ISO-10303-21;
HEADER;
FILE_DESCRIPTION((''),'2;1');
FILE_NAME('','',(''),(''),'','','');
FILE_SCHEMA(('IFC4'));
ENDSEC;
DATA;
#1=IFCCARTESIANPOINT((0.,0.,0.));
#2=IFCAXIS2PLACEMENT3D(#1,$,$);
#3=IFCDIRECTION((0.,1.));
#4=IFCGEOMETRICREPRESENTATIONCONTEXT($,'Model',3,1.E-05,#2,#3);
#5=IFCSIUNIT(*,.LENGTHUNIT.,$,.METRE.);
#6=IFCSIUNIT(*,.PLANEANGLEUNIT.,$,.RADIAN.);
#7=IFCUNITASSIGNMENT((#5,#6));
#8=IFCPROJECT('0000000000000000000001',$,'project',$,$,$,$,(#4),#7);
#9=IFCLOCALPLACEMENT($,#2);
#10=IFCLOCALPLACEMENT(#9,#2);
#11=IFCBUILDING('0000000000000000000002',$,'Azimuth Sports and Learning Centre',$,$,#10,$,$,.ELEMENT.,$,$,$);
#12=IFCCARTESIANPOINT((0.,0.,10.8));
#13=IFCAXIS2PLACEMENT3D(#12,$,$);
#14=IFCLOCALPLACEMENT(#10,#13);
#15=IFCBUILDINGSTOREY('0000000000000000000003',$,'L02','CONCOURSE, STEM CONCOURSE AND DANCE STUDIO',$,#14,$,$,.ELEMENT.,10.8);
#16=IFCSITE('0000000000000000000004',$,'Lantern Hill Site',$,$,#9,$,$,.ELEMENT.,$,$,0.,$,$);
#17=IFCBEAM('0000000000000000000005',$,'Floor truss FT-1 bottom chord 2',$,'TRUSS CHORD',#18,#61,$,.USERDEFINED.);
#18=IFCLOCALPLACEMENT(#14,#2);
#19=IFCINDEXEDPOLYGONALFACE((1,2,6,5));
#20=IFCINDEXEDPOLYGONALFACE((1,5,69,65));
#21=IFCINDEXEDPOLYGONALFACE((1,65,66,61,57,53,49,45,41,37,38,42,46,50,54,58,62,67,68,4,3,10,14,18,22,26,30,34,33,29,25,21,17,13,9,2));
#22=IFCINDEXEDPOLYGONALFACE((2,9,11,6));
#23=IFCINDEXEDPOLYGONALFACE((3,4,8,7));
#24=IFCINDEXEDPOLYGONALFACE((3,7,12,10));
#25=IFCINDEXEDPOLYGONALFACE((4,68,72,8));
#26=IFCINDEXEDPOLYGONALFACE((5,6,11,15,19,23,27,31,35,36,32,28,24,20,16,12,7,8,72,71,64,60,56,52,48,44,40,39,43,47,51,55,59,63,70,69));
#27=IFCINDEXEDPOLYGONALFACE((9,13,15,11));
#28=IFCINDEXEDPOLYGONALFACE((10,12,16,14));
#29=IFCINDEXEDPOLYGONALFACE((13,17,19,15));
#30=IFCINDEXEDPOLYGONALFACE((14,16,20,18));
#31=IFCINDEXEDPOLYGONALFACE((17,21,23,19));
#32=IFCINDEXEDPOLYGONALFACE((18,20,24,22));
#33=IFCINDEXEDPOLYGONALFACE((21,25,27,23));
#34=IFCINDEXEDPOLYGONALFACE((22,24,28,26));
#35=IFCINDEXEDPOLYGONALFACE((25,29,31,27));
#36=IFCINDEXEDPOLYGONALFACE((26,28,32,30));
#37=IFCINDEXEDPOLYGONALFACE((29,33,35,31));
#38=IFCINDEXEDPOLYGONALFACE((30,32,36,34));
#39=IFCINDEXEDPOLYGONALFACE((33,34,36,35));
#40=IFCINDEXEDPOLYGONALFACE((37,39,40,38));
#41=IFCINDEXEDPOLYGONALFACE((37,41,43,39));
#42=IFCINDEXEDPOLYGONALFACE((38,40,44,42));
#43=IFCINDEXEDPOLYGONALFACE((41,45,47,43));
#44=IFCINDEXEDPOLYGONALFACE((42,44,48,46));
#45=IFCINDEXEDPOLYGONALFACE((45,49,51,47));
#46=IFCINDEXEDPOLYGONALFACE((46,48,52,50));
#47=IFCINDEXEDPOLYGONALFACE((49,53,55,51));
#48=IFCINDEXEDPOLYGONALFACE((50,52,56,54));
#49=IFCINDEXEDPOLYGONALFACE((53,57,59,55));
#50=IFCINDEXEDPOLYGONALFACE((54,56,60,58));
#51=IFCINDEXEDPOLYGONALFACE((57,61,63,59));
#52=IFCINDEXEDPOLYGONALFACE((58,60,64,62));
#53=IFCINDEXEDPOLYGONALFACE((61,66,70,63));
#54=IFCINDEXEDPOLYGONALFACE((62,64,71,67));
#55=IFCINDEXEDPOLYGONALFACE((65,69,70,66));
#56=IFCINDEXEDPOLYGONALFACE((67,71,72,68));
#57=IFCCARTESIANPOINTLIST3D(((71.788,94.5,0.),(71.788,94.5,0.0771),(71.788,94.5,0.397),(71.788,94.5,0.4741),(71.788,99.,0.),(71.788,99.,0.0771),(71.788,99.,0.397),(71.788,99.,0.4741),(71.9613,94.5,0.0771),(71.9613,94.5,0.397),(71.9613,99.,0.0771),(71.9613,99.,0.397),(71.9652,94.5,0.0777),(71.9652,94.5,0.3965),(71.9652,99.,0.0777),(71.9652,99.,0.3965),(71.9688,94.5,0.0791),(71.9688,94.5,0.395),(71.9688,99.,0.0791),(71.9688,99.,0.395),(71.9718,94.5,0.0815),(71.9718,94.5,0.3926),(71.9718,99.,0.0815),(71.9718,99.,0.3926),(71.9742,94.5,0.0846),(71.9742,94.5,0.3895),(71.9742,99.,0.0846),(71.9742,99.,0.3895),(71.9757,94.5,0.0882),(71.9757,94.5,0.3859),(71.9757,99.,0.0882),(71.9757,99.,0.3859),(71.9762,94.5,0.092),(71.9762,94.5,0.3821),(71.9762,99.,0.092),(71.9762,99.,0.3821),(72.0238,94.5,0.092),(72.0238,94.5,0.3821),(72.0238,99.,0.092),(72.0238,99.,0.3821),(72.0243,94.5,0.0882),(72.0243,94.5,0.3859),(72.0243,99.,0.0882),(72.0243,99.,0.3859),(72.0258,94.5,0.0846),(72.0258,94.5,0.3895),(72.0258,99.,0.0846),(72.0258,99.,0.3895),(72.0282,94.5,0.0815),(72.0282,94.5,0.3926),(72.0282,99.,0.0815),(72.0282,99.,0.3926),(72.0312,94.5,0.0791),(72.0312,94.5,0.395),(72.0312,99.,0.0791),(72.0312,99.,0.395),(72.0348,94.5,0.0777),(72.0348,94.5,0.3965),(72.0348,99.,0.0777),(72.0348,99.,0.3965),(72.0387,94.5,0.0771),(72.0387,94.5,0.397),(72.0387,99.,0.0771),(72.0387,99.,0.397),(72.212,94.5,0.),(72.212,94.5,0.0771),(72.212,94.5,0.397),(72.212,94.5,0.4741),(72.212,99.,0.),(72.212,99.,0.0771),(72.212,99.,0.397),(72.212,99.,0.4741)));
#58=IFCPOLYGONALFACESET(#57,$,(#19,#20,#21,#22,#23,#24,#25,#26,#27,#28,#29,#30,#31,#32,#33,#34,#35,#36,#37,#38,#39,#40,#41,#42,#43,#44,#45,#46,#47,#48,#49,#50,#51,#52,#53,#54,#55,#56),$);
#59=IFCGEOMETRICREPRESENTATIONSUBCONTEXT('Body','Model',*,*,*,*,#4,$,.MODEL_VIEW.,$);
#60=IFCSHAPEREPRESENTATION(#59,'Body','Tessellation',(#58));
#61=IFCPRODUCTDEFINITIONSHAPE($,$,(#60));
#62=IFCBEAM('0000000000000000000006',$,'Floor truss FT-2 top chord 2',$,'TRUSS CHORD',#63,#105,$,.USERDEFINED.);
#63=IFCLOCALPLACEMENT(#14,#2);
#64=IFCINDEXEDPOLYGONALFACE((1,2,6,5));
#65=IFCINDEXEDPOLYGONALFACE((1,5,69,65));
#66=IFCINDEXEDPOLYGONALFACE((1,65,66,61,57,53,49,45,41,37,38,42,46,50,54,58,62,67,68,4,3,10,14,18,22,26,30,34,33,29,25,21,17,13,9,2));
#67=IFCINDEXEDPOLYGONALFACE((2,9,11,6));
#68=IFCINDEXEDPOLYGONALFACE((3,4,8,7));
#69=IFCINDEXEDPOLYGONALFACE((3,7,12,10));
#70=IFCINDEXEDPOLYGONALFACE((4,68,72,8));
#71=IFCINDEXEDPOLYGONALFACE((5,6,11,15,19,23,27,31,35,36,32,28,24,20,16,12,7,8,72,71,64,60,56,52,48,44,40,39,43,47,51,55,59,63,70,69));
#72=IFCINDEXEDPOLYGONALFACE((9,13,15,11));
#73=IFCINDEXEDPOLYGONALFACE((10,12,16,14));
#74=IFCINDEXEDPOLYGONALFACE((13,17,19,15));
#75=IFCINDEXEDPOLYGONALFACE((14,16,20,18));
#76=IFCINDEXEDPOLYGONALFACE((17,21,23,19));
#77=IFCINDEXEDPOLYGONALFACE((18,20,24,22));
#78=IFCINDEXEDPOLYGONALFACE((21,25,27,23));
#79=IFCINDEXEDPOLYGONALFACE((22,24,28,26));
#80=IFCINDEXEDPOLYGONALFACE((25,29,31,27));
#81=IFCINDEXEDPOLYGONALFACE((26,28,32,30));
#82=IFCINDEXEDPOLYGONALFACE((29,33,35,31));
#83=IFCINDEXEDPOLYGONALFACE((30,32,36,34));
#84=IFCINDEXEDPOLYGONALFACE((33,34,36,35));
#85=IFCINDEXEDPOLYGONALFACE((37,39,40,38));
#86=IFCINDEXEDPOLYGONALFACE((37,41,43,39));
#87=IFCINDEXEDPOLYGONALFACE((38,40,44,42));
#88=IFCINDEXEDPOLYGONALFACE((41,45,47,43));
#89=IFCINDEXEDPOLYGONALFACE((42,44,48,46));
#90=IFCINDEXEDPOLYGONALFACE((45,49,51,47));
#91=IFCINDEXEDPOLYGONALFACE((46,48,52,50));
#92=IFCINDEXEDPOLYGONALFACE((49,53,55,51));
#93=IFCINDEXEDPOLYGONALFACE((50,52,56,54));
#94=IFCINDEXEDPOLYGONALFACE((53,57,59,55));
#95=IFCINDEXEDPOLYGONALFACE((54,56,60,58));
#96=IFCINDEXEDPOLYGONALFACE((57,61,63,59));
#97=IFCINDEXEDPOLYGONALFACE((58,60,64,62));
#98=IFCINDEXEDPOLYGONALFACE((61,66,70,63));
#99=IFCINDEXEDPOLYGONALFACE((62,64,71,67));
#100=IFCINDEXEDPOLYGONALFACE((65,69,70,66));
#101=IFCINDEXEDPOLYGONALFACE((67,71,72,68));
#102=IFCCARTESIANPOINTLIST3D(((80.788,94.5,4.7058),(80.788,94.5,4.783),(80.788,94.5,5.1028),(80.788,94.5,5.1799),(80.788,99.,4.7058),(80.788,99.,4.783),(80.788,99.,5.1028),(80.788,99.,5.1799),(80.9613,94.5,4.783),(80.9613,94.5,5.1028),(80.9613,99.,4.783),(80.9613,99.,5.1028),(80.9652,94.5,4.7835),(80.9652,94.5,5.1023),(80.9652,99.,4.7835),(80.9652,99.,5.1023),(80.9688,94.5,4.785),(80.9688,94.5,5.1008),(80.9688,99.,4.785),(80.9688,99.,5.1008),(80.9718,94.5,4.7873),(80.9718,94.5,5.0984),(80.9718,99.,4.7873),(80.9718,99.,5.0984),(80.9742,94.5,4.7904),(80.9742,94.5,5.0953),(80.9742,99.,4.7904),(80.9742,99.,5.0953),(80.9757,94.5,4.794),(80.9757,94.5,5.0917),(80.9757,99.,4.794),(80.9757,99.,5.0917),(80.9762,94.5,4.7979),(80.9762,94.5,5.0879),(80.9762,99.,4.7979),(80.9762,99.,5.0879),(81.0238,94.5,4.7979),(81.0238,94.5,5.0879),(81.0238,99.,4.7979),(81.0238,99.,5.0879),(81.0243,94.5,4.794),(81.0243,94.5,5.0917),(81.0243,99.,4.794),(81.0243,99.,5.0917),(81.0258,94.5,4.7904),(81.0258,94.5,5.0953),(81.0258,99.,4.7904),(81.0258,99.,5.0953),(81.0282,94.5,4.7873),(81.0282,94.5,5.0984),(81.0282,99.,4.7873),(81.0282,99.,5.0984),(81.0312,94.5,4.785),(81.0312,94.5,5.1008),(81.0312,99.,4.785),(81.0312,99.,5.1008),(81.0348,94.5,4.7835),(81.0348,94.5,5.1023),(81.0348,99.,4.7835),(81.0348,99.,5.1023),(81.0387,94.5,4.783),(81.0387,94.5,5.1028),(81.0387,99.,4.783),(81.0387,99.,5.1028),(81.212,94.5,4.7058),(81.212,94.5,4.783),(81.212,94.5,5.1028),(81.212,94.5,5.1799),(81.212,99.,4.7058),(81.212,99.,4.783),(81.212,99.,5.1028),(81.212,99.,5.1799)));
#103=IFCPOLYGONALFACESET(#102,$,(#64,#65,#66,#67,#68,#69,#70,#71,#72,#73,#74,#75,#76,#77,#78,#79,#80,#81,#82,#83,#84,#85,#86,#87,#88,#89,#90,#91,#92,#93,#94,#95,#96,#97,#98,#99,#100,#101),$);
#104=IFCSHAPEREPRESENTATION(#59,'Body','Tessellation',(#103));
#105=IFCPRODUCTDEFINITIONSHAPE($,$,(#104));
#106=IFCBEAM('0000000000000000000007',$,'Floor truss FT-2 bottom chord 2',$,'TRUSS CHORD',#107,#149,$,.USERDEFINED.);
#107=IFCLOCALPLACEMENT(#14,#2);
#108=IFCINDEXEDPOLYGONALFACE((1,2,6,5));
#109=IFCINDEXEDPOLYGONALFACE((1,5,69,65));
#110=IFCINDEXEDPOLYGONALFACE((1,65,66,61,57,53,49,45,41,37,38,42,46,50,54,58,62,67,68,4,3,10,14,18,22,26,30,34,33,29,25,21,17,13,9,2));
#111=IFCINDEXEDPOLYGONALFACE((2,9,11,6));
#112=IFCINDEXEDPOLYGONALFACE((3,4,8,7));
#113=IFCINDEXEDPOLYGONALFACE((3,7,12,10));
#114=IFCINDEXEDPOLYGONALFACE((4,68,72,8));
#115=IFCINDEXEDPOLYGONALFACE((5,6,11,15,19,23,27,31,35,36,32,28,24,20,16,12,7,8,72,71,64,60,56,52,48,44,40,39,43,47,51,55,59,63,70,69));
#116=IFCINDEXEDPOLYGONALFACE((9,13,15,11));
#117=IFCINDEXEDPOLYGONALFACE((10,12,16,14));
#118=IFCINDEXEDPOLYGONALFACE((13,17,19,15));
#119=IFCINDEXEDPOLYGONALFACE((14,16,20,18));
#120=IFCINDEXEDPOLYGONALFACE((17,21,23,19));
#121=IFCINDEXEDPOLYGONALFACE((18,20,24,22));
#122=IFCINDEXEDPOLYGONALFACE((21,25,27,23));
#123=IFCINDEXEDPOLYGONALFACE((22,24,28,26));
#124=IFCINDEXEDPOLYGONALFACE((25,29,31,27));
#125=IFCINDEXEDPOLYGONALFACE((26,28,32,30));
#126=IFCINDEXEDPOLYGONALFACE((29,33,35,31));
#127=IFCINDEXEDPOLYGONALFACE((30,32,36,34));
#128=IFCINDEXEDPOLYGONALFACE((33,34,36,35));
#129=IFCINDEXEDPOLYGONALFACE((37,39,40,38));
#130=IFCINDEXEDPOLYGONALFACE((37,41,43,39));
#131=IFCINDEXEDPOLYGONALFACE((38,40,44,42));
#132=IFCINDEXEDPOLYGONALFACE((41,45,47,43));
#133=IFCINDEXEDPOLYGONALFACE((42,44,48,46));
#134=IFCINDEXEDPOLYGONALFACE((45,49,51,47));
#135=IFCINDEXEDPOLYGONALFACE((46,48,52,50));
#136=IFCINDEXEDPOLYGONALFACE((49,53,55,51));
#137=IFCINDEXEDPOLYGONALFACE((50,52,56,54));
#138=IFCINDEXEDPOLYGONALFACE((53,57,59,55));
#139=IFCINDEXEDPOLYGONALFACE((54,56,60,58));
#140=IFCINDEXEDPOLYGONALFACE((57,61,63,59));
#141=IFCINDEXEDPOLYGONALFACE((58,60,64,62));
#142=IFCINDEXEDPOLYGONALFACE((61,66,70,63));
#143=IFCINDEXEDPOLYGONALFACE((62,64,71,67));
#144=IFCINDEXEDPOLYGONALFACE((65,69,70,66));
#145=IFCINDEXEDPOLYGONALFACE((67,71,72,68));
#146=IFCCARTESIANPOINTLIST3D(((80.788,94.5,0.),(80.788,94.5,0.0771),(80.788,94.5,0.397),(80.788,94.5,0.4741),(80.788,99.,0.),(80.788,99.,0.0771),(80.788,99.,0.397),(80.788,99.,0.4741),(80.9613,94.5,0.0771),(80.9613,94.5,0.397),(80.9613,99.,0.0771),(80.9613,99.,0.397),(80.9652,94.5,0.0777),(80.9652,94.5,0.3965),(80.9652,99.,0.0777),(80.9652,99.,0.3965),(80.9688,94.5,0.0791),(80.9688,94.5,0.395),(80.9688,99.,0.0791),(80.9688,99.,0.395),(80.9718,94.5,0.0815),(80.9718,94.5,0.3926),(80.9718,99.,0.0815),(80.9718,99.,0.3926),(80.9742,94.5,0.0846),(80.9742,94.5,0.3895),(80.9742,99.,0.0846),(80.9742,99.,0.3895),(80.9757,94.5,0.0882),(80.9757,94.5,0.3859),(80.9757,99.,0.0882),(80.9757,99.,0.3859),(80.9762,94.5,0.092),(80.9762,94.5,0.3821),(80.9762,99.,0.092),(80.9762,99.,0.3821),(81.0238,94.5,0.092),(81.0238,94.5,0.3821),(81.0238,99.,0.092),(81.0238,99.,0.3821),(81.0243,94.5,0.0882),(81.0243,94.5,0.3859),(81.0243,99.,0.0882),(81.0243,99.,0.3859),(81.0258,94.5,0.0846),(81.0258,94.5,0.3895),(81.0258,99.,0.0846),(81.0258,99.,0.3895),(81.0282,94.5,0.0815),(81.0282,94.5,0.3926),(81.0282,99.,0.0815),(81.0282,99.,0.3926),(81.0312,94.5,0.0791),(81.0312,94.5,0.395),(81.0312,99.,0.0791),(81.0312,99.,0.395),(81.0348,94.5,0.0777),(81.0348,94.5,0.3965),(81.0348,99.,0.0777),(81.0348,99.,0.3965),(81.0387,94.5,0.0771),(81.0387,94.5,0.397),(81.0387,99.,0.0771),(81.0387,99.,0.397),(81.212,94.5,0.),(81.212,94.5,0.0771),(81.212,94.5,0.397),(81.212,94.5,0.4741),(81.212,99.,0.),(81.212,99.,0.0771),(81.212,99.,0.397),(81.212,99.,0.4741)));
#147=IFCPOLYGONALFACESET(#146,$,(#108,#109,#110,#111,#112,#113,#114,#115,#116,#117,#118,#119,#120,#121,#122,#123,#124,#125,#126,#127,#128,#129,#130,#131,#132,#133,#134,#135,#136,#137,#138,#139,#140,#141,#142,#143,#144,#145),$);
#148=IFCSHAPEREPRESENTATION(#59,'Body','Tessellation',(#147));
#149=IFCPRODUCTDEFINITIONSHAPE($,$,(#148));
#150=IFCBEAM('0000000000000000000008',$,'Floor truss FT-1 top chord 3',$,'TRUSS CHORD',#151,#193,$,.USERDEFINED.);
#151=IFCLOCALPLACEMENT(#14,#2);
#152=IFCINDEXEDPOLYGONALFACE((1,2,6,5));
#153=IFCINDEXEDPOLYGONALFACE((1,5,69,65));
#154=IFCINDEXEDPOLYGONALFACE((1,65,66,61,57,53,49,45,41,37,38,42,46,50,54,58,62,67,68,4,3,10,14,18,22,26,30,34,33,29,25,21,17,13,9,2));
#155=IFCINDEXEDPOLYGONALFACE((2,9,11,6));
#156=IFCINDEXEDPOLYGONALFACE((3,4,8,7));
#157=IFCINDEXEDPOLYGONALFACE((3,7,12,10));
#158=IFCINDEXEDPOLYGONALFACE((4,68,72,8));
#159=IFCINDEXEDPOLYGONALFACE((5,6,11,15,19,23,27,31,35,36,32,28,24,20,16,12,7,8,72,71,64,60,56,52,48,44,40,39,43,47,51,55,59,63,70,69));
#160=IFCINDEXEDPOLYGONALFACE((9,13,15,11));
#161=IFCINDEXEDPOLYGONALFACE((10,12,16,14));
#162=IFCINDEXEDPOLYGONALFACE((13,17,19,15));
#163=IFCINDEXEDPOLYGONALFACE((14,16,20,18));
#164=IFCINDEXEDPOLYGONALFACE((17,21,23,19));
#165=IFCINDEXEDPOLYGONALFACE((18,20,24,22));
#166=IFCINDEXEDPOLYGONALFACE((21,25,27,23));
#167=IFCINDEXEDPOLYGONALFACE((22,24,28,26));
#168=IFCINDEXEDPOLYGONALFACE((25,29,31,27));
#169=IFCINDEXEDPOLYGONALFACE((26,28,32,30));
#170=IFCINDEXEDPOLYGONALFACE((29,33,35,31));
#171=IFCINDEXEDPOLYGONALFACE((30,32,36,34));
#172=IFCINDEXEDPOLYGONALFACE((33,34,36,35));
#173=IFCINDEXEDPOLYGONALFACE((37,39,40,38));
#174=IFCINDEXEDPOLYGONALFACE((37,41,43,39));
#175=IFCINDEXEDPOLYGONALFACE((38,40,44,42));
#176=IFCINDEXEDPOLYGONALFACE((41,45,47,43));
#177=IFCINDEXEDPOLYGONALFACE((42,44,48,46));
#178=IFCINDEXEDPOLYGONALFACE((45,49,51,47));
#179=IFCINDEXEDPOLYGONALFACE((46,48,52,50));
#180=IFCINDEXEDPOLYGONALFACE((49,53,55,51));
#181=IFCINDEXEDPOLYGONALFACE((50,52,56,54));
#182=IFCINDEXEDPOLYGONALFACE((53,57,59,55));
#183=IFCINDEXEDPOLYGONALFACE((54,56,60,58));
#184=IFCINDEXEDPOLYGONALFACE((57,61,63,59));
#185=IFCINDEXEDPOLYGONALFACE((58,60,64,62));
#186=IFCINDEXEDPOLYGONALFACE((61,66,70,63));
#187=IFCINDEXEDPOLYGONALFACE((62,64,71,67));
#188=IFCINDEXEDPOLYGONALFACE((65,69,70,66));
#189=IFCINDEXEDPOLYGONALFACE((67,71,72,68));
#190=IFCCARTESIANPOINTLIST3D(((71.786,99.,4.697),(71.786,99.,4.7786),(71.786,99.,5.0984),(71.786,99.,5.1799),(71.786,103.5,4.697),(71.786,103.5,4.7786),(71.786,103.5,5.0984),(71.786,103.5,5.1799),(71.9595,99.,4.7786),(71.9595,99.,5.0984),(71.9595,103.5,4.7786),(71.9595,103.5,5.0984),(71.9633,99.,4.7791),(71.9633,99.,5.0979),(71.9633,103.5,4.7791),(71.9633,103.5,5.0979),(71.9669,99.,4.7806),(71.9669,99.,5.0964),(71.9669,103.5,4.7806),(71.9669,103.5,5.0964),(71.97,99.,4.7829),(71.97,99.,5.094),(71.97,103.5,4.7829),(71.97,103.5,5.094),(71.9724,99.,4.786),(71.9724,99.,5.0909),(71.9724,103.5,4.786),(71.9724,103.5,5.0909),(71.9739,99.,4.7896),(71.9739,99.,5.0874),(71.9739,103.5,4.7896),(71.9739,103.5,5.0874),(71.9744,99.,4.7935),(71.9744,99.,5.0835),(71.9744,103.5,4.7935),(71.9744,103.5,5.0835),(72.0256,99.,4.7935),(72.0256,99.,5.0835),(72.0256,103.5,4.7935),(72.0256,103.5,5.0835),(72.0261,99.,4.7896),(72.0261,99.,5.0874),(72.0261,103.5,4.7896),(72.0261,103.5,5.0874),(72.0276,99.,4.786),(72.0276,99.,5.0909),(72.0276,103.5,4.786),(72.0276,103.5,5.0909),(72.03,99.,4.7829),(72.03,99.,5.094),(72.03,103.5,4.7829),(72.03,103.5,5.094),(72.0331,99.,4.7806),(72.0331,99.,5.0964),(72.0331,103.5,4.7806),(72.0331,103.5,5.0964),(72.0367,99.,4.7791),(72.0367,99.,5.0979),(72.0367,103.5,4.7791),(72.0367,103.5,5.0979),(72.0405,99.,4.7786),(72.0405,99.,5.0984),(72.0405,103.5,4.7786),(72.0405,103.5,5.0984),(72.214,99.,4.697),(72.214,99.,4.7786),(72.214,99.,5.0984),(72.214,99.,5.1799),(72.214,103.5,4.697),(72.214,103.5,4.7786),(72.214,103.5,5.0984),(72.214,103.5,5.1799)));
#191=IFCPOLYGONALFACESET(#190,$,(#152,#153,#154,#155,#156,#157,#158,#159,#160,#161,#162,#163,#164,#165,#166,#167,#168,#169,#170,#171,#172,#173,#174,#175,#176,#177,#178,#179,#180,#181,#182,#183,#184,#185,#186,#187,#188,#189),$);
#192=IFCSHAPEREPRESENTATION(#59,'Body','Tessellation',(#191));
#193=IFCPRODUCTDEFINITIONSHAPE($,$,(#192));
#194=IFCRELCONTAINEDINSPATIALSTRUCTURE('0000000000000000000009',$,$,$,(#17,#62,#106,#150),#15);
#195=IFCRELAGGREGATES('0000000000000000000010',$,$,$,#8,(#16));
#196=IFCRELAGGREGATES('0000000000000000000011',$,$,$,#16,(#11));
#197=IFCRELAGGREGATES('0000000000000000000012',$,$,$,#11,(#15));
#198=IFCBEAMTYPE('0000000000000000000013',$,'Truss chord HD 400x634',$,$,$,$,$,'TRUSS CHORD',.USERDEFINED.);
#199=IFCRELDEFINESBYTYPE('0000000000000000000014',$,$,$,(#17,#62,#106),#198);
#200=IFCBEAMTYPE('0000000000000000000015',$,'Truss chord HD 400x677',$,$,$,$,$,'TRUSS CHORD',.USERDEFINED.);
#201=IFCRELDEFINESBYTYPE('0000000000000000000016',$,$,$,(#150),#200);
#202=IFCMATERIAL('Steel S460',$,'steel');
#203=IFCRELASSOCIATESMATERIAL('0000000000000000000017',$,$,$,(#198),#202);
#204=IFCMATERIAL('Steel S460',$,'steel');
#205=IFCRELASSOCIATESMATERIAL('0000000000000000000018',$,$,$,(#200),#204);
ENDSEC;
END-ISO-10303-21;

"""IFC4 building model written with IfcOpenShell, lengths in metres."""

from ifc_helpers import new_model, si_unit, direction, frame, origin, origin_2d, place, context, subcontext, project, spatial, i_section, extrude, material, material_profile, profile_set, type_object, element, save


model = new_model("IFC4")

# Units and contexts
model_context = context("Model", 3, precision=1e-05, world=origin(), true_north=direction((0.0, 1.0)))
body_context = subcontext(model_context, "Body", "Model", "MODEL_VIEW")
ifc_project = project(units=[si_unit("LENGTHUNIT", "METRE"), si_unit("PLANEANGLEUNIT", "RADIAN")], contexts=[model_context])

# Site, building, storey
site_placement = place(None, origin())
site = spatial("IfcSite", under=ifc_project, at=site_placement, Name="Lantern Hill Site", CompositionType="ELEMENT", RefElevation=0.0)
building_placement = place(site_placement, origin())
building = spatial("IfcBuilding", under=site, at=building_placement, Name="Azimuth Sports and Learning Centre", CompositionType="ELEMENT")
storey_placement = place(building_placement, frame((0.0, 0.0, 10.8)))
storey = spatial("IfcBuildingStorey", under=building, at=storey_placement, Name="L02", Description="CONCOURSE, STEM CONCOURSE AND DANCE STUDIO", CompositionType="ELEMENT", Elevation=10.8)

# Beams
ifc_material_1 = material(Name="Steel S460", Category="steel")
ifc_material_profile_1 = material_profile(ifc_material_1, i_section(OverallWidth=0.4241, OverallDepth=0.4741, WebThickness=0.0476, FlangeThickness=0.0771, FilletRadius=0.0149, at=origin_2d()), Name="HD 400x634")
ifc_profile_set_1 = profile_set([ifc_material_profile_1], Name="Steel S460")
beam_type_1 = type_object("IfcBeamType", Name="Truss chord HD 400x634", ElementType="TRUSS CHORD", PredefinedType="USERDEFINED", material=ifc_profile_set_1)
for number, where, z_axis, x_axis, name in (
    (1, (72.0, 94.5, 0.2371), (0.0, 1.0, 0.0), (-1.0, 0.0, 0.0), "Floor truss FT-1 bottom chord 2"),
    (2, (81.0, 94.5, 4.9429), (0.0, 1.0, 0.0), (-1.0, 0.0, 0.0), "Floor truss FT-2 top chord 2"),
    (3, (81.0, 94.5, 0.2371), (0.0, 1.0, 0.0), (-1.0, 0.0, 0.0), "Floor truss FT-2 bottom chord 2"),
):
    element("IfcBeam", number, at=place(storey_placement, frame(where, z_axis=z_axis, x_axis=x_axis)), inside=storey, type_object=beam_type_1, Name=name, ObjectType="TRUSS CHORD", PredefinedType="USERDEFINED", context=body_context, shape_type="SweptSolid", body=[
        extrude(i_section(OverallWidth=0.4241, OverallDepth=0.4741, WebThickness=0.0476, FlangeThickness=0.0771, FilletRadius=0.0149, at=origin_2d()), origin(), (0.0, 0.0, 1.0), 4.5),
    ])
ifc_material_2 = material(Name="Steel S460", Category="steel")
ifc_material_profile_2 = material_profile(ifc_material_2, i_section(OverallWidth=0.428, OverallDepth=0.4829, WebThickness=0.0513, FlangeThickness=0.0815, FilletRadius=0.0149, at=origin_2d()), Name="HD 400x677")
ifc_profile_set_2 = profile_set([ifc_material_profile_2], Name="Steel S460")
beam_type_2 = type_object("IfcBeamType", Name="Truss chord HD 400x677", ElementType="TRUSS CHORD", PredefinedType="USERDEFINED", material=ifc_profile_set_2)
for number, where, z_axis, x_axis, name in (
    (4, (72.0, 99.0, 4.9385), (0.0, 1.0, 0.0), (-1.0, 0.0, 0.0), "Floor truss FT-1 top chord 3"),
):
    element("IfcBeam", number, at=place(storey_placement, frame(where, z_axis=z_axis, x_axis=x_axis)), inside=storey, type_object=beam_type_2, Name=name, ObjectType="TRUSS CHORD", PredefinedType="USERDEFINED", context=body_context, shape_type="SweptSolid", body=[
        extrude(i_section(OverallWidth=0.428, OverallDepth=0.4829, WebThickness=0.0513, FlangeThickness=0.0815, FilletRadius=0.0149, at=origin_2d()), origin(), (0.0, 0.0, 1.0), 4.5),
    ])

save(model, "model.ifc")
